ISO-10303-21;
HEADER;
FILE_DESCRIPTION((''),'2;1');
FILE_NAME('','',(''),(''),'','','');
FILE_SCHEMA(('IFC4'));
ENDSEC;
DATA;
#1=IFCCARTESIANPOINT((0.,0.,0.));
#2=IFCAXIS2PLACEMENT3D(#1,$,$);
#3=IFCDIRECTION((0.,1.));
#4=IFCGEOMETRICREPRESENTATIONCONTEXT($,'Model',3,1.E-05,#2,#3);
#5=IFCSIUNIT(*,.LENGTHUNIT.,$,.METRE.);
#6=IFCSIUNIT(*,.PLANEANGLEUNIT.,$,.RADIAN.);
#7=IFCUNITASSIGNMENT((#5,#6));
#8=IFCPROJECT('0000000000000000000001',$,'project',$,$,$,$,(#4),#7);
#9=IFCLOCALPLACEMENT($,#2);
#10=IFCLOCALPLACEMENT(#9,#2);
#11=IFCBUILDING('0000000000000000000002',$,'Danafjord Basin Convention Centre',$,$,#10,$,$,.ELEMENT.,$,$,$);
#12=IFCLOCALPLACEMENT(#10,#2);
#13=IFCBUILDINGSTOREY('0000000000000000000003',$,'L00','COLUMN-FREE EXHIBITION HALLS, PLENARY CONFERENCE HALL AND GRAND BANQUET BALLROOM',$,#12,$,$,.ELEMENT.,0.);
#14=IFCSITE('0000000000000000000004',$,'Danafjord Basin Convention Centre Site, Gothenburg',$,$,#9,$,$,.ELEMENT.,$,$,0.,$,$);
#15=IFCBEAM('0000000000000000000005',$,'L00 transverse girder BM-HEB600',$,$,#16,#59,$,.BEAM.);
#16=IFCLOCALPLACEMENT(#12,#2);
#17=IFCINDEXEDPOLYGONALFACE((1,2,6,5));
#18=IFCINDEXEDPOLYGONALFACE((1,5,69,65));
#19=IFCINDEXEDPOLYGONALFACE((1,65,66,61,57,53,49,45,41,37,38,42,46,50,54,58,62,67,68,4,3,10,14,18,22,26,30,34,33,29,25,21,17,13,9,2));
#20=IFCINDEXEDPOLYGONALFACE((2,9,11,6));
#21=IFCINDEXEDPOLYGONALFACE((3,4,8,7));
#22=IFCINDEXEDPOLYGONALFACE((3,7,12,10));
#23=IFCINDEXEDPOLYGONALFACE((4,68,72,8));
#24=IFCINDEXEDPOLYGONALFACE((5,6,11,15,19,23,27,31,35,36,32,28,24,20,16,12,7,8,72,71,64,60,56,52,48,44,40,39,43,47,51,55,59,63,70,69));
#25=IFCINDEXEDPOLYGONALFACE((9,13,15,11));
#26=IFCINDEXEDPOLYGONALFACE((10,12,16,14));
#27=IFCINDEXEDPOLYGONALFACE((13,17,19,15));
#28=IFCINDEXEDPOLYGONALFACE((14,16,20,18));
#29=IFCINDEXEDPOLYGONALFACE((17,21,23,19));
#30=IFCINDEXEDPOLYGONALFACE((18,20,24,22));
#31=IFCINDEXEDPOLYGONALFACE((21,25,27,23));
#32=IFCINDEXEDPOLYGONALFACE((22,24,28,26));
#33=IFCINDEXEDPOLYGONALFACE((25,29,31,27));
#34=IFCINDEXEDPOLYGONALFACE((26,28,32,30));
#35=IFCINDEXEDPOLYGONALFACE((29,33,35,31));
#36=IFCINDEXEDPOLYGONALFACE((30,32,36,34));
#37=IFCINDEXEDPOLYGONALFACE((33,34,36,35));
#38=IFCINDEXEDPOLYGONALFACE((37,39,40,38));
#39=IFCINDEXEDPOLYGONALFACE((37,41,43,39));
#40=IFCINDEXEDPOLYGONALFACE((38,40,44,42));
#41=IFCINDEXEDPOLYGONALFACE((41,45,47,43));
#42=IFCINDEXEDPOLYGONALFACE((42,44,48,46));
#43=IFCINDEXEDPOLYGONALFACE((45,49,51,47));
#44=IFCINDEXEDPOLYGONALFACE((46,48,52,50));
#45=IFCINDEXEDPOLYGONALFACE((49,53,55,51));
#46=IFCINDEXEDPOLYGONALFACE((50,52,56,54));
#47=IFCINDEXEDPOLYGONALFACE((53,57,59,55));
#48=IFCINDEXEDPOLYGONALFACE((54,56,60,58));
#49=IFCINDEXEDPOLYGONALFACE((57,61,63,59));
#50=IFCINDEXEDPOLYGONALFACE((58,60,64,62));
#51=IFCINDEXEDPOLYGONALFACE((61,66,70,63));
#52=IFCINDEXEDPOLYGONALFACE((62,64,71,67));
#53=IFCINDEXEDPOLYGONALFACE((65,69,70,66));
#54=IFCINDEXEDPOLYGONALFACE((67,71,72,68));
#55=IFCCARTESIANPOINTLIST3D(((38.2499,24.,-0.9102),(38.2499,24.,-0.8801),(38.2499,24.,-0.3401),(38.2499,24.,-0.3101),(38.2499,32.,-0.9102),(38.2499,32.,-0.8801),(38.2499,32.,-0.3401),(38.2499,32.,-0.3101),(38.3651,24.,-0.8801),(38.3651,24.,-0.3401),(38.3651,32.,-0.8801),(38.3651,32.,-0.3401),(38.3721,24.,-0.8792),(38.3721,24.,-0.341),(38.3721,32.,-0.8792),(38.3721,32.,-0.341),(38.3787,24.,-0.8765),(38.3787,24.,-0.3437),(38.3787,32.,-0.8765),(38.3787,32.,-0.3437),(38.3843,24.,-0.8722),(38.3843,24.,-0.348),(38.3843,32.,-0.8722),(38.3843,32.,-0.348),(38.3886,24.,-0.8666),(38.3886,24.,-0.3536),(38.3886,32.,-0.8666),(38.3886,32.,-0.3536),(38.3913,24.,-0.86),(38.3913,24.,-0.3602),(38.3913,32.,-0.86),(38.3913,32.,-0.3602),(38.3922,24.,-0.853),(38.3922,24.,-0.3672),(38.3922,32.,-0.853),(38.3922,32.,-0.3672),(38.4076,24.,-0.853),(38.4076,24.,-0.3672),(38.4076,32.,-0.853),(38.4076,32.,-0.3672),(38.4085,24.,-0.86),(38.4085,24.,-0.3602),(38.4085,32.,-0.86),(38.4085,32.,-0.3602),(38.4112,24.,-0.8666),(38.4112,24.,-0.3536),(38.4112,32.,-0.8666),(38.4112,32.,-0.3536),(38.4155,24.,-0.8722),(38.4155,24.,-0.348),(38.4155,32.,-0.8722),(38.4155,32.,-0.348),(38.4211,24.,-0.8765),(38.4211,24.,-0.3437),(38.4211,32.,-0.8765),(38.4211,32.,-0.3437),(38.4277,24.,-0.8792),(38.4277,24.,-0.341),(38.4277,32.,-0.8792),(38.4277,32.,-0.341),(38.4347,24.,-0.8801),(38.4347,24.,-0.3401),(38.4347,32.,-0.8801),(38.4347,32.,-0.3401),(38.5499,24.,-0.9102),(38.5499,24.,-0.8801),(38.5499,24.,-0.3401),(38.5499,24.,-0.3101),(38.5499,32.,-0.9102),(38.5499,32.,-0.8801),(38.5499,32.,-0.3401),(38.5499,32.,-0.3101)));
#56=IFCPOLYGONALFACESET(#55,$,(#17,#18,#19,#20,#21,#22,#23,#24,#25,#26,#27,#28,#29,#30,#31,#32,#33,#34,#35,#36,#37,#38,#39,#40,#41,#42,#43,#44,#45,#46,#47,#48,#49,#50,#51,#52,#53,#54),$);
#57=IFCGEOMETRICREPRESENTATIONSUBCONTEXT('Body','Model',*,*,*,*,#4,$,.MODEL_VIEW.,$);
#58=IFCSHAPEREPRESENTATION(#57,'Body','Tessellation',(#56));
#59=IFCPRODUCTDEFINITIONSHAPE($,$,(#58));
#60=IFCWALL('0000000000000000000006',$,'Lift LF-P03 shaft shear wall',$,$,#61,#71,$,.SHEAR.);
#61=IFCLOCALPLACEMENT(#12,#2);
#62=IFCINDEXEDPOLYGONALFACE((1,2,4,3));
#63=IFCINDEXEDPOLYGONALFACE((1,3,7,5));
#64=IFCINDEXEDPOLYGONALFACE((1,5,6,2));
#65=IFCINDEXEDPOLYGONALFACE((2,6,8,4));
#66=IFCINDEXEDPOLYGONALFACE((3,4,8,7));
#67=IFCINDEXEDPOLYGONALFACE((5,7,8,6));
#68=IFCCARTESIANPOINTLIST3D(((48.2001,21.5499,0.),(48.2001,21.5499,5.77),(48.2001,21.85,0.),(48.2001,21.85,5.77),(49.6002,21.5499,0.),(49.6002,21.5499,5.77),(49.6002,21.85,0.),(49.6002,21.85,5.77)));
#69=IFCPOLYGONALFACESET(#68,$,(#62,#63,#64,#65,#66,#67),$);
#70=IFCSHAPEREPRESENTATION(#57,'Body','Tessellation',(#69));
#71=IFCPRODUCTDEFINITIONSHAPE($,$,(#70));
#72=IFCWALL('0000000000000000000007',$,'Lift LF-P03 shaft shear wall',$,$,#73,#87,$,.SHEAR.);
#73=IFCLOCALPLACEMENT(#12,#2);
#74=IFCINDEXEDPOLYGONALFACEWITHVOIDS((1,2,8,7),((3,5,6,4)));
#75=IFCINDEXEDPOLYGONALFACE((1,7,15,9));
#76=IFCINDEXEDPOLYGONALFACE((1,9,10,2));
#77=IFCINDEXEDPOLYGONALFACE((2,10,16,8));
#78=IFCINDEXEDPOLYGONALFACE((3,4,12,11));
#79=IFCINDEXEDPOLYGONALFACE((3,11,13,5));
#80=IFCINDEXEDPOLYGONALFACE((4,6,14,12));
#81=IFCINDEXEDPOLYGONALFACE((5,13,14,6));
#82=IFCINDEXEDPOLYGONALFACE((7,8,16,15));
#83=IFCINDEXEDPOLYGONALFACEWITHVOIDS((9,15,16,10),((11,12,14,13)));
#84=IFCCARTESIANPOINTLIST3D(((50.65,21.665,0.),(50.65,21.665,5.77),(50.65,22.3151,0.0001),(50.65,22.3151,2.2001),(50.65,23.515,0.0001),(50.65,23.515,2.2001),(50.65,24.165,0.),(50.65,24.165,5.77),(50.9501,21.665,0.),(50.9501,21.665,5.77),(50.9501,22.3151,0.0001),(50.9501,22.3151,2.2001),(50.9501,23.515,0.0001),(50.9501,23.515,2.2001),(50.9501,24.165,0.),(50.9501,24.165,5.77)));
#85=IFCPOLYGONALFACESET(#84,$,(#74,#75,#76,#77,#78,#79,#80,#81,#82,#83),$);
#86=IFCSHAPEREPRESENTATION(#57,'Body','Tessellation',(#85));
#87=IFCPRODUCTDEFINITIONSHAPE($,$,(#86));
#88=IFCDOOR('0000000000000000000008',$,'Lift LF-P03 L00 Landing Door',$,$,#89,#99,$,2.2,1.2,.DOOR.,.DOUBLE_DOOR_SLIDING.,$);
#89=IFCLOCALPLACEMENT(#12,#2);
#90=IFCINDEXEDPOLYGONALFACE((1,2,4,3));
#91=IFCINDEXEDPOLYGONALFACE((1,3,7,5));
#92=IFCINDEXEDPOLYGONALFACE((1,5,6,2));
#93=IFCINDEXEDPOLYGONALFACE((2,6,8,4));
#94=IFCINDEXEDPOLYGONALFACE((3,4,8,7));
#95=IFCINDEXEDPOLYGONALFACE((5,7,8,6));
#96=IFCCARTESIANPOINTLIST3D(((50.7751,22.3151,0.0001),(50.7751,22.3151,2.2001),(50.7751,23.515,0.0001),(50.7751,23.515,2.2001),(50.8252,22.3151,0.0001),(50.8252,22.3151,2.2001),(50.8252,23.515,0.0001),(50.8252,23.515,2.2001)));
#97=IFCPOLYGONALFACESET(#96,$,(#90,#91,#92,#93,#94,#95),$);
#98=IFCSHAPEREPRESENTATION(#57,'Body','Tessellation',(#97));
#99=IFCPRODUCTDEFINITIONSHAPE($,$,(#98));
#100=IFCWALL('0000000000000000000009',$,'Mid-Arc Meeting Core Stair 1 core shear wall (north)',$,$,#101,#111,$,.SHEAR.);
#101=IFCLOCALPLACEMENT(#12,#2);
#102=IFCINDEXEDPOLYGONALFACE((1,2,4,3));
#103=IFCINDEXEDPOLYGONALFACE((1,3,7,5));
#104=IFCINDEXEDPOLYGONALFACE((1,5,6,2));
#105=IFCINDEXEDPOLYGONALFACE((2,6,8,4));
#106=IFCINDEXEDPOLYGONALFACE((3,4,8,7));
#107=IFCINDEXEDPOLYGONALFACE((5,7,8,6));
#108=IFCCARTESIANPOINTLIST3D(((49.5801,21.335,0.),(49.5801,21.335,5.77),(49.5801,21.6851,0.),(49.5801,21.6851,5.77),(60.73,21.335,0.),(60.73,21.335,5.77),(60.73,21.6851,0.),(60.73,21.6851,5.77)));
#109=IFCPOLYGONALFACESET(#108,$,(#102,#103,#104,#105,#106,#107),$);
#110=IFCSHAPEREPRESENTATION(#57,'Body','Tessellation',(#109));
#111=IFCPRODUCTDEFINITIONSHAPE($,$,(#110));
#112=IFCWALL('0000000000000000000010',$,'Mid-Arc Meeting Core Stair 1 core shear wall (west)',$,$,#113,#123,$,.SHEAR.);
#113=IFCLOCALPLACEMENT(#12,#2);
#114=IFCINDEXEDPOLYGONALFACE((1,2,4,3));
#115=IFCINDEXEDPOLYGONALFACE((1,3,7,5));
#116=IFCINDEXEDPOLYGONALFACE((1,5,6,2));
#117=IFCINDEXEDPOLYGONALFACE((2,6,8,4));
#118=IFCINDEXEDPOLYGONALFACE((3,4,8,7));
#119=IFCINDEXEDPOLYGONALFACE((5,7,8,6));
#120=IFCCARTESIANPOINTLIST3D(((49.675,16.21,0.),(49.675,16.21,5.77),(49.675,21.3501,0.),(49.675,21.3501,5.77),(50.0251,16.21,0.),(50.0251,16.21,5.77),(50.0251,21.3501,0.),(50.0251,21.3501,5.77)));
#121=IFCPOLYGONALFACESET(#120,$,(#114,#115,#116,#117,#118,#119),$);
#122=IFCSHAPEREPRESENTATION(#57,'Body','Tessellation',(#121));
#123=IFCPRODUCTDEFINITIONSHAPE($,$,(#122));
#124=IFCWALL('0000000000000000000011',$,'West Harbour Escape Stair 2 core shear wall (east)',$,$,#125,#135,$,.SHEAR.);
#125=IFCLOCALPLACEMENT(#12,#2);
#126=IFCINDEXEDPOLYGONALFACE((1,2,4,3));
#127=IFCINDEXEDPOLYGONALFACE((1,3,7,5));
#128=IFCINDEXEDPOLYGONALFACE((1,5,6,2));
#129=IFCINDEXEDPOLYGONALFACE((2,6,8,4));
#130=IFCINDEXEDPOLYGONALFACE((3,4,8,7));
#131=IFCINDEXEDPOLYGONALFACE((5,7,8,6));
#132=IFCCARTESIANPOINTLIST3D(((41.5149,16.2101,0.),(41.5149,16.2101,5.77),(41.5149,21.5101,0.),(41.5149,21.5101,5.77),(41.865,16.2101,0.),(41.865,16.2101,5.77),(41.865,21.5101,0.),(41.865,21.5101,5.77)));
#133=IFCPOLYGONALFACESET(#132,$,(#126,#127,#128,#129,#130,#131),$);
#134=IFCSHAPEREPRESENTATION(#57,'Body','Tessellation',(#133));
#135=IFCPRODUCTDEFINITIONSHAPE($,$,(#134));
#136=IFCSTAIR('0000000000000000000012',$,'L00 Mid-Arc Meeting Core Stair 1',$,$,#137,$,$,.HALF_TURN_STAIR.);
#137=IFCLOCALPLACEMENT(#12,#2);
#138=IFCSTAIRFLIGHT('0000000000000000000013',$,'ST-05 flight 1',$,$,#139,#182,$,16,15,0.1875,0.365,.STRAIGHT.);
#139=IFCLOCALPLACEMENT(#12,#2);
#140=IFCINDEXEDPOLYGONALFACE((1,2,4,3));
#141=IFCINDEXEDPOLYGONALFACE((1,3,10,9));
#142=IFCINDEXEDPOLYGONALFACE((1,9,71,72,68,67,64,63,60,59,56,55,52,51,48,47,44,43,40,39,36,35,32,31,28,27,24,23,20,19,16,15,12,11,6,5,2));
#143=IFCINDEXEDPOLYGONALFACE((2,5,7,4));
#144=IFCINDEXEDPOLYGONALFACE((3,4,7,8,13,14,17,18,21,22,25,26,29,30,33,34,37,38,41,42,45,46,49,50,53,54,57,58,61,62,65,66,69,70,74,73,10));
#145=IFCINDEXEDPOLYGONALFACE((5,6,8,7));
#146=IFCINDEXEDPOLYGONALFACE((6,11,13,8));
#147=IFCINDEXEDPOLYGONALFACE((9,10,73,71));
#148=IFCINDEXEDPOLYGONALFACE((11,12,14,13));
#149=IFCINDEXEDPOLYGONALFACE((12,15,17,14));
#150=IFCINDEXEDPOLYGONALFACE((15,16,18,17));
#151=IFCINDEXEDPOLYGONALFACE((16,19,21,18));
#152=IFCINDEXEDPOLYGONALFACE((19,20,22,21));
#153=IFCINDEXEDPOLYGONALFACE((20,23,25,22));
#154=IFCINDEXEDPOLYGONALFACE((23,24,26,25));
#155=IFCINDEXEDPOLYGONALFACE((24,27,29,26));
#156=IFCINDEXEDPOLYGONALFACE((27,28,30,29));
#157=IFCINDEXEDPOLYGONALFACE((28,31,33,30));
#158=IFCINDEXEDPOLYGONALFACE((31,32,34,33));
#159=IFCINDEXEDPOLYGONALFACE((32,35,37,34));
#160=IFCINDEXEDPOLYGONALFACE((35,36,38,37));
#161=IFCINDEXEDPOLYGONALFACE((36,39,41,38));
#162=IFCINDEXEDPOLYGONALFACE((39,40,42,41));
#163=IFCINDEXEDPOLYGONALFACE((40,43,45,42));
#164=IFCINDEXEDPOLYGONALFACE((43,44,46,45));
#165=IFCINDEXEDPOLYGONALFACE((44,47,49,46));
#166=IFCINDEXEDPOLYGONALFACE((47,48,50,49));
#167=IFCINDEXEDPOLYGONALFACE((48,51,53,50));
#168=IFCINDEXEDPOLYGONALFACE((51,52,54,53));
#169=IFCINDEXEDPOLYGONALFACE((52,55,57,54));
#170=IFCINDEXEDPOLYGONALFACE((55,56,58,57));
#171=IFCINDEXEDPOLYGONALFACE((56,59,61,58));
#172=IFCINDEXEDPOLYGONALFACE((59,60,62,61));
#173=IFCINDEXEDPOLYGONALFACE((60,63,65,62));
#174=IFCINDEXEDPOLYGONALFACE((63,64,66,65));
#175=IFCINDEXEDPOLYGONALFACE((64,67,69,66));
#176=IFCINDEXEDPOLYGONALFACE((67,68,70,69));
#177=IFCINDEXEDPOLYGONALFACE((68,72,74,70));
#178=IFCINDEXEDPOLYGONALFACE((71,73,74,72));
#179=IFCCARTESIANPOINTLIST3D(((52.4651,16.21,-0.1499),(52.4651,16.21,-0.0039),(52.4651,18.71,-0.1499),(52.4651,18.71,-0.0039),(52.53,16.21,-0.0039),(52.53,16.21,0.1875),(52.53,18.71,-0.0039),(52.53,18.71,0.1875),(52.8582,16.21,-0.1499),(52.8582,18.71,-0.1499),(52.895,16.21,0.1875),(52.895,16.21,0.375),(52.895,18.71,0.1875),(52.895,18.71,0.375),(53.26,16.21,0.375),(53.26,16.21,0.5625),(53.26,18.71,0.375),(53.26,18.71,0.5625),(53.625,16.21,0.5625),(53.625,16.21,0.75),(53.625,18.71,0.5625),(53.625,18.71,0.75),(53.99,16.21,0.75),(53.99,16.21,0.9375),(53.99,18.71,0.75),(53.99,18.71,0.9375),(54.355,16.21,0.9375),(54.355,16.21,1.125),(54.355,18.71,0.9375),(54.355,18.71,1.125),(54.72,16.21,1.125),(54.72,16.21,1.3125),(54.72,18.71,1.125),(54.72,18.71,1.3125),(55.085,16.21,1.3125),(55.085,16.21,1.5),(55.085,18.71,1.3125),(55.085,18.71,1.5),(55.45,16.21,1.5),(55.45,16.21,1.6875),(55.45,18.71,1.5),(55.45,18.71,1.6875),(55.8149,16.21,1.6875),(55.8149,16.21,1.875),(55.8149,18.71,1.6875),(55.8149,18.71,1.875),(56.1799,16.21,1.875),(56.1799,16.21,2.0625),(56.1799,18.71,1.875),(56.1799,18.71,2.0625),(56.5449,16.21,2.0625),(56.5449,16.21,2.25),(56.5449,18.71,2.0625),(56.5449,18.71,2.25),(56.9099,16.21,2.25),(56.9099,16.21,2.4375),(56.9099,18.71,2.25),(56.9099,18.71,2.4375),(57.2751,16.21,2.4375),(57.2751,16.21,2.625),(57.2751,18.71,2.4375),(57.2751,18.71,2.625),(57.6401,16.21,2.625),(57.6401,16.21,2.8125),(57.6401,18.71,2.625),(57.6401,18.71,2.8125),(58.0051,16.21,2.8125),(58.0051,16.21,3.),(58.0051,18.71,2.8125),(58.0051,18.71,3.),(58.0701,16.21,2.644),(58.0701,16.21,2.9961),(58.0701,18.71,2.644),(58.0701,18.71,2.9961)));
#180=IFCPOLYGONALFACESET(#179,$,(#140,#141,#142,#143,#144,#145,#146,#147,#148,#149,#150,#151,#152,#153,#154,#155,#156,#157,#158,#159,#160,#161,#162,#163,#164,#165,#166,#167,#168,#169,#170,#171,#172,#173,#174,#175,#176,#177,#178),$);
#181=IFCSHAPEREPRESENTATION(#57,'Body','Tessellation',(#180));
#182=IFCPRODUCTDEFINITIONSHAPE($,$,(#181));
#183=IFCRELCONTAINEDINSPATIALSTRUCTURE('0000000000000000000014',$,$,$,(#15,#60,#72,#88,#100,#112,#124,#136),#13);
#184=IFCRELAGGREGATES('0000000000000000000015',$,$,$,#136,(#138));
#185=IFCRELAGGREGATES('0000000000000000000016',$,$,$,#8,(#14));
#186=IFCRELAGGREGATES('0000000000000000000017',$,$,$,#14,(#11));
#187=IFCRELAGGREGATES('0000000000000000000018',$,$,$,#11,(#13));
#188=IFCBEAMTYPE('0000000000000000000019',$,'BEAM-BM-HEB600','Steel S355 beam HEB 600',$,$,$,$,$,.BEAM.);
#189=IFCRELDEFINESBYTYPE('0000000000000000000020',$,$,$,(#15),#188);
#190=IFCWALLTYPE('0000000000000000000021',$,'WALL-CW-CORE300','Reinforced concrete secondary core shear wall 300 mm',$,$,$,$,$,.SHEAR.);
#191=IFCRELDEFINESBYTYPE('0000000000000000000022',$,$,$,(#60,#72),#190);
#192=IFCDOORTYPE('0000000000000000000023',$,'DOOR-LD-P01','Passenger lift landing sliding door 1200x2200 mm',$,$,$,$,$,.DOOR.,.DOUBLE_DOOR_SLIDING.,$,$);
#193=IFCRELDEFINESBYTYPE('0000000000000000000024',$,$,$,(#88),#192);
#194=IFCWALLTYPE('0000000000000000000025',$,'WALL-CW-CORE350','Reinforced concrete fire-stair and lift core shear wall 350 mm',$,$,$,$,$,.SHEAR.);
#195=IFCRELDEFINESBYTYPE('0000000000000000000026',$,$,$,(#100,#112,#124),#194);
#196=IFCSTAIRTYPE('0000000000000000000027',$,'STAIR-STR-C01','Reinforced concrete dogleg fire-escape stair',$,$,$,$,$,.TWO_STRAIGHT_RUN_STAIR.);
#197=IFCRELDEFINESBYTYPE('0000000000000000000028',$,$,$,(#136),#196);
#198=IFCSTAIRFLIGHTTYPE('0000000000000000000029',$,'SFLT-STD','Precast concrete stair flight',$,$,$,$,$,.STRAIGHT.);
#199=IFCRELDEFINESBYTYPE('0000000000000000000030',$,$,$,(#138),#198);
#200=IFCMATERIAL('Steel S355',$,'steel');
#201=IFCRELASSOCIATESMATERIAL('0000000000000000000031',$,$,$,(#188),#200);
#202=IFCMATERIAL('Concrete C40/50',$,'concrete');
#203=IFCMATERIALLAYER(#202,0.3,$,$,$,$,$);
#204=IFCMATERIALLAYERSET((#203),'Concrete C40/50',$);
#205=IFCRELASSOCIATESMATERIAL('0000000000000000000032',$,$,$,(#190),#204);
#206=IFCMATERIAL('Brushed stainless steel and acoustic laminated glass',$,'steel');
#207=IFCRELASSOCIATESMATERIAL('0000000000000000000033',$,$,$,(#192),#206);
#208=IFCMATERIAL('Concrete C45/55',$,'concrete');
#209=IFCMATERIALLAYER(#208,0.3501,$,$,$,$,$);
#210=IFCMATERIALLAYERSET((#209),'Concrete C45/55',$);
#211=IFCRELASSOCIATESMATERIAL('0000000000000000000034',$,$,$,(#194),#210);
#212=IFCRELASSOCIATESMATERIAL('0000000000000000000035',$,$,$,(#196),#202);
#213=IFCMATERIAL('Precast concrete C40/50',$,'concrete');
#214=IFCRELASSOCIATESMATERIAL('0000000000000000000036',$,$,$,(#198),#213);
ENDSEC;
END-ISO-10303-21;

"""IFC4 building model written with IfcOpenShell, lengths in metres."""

from ifc_helpers import new_model, si_unit, direction, frame, frame_2d, origin, origin_2d, place, context, subcontext, project, spatial, polyline, rectangle, i_section, outline, extrude, material, layer, layer_set, material_profile, profile_set, type_object, element, fill, aggregate, save


model = new_model("IFC4")

# Units and contexts
model_context = context("Model", 3, precision=1e-05, world=origin(), true_north=direction((0.0, 1.0)))
body_context = subcontext(model_context, "Body", "Model", "MODEL_VIEW")
ifc_project = project(units=[si_unit("LENGTHUNIT", "METRE"), si_unit("PLANEANGLEUNIT", "RADIAN")], contexts=[model_context])

# Site, building, storey
site_placement = place(None, origin())
site = spatial("IfcSite", under=ifc_project, at=site_placement, Name="Danafjord Basin Convention Centre Site, Gothenburg", CompositionType="ELEMENT", RefElevation=0.0)
building_placement = place(site_placement, origin())
building = spatial("IfcBuilding", under=site, at=building_placement, Name="Danafjord Basin Convention Centre", CompositionType="ELEMENT")
storey_placement = place(building_placement, origin())
storey = spatial("IfcBuildingStorey", under=building, at=storey_placement, Name="L00", Description="COLUMN-FREE EXHIBITION HALLS, PLENARY CONFERENCE HALL AND GRAND BANQUET BALLROOM", CompositionType="ELEMENT", Elevation=0.0)

# Shared definitions
ifc_material_1 = material(Name="Steel S355", Category="steel")

# Beam
ifc_material_profile_1 = material_profile(ifc_material_1, i_section(OverallWidth=0.3, OverallDepth=0.6001, WebThickness=0.0154, FlangeThickness=0.03, FilletRadius=0.0271, at=origin_2d()), Name="HEB 600")
ifc_profile_set_1 = profile_set([ifc_material_profile_1], Name="Steel S355")
beam_type_1 = type_object("IfcBeamType", Name="BEAM-BM-HEB600", Description="Steel S355 beam HEB 600", PredefinedType="BEAM", material=ifc_profile_set_1)
beam_1_placement = place(storey_placement, frame((38.3999, 24.0, -0.6101), z_axis=(0.0, 1.0, 0.0), x_axis=(-1.0, 0.0, 0.0)))
element("IfcBeam", 1, at=beam_1_placement, inside=storey, type_object=beam_type_1, Name="L00 transverse girder BM-HEB600", PredefinedType="BEAM", context=body_context, shape_type="SweptSolid", body=[
    extrude(i_section(OverallWidth=0.3, OverallDepth=0.6001, WebThickness=0.0154, FlangeThickness=0.03, FilletRadius=0.0271, at=origin_2d()), origin(), (0.0, 0.0, 1.0), 8.0),
])

# Wall
ifc_material_2 = material(Name="Concrete C40/50", Category="concrete")
ifc_layer_1 = layer(ifc_material_2, 0.3)
ifc_layer_set_1 = layer_set([ifc_layer_1], Name="Concrete C40/50")
wall_type_1 = type_object("IfcWallType", Name="WALL-CW-CORE300", Description="Reinforced concrete secondary core shear wall 300 mm", PredefinedType="SHEAR", material=ifc_layer_set_1)
wall_1_placement = place(storey_placement, frame((48.2, 21.7, 0.0), z_axis=(0.0, 0.0, 1.0), x_axis=(1.0, 0.0, 0.0)))
element("IfcWall", 2, at=wall_1_placement, inside=storey, type_object=wall_type_1, Name="Lift LF-P03 shaft shear wall", PredefinedType="SHEAR", context=body_context, shape_type="SweptSolid", body=[
    extrude(rectangle(XDim=1.4001, YDim=0.3, at=frame_2d((0.7002, 0.0))), origin(), (0.0, 0.0, 1.0), 5.77),
])

# Wall, opening, door
wall_2_placement = place(storey_placement, frame((50.8, 21.665, 0.0), z_axis=(0.0, 0.0, 1.0), x_axis=(0.0, 1.0, 0.0)))
wall_2 = element("IfcWall", 3, at=wall_2_placement, inside=storey, type_object=wall_type_1, Name="Lift LF-P03 shaft shear wall", PredefinedType="SHEAR", context=body_context, shape_type="SweptSolid", body=[
    extrude(rectangle(XDim=2.5, YDim=0.3, at=frame_2d((1.25, 0.0))), origin(), (0.0, 0.0, 1.0), 5.77),
])
opening_placement = place(wall_2_placement, frame((0.6499, 0.0, 0.0)))
opening = element("IfcOpeningElement", 4, at=opening_placement, cuts=wall_2, PredefinedType="OPENING", context=body_context, shape_type="SweptSolid", body=[
    extrude(rectangle(XDim=1.2, YDim=2.2, at=frame_2d((0.6001, 1.1001))), frame((0.0, 0.1599, 0.0), z_axis=(0.0, -1.0, 0.0), x_axis=(1.0, 0.0, 0.0)), (0.0, 0.0, 1.0), 0.3201),
])
ifc_material_3 = material(Name="Brushed stainless steel and acoustic laminated glass", Category="steel")
door_type = type_object("IfcDoorType", Name="DOOR-LD-P01", Description="Passenger lift landing sliding door 1200x2200 mm", OperationType="DOUBLE_DOOR_SLIDING", PredefinedType="DOOR", material=ifc_material_3)
door_placement = place(opening_placement, origin())
door = element("IfcDoor", 5, at=door_placement, inside=storey, type_object=door_type, Name="Lift LF-P03 L00 Landing Door", OperationType="DOUBLE_DOOR_SLIDING", OverallHeight=2.2, OverallWidth=1.2, PredefinedType="DOOR", context=body_context, shape_type="SweptSolid", body=[
    extrude(rectangle(XDim=1.2, YDim=2.2, at=frame_2d((0.6001, 1.1001))), frame((0.0, 0.0249, 0.0), z_axis=(0.0, -1.0, 0.0), x_axis=(1.0, 0.0, 0.0)), (0.0, 0.0, 1.0), 0.05),
])
fill(opening, door)

# Walls
ifc_material_4 = material(Name="Concrete C45/55", Category="concrete")
ifc_layer_2 = layer(ifc_material_4, 0.3501)
ifc_layer_set_2 = layer_set([ifc_layer_2], Name="Concrete C45/55")
wall_type_2 = type_object("IfcWallType", Name="WALL-CW-CORE350", Description="Reinforced concrete fire-stair and lift core shear wall 350 mm", PredefinedType="SHEAR", material=ifc_layer_set_2)
wall_3_placement = place(storey_placement, frame((49.5801, 21.51, 0.0), z_axis=(0.0, 0.0, 1.0), x_axis=(1.0, 0.0, 0.0)))
element("IfcWall", 6, at=wall_3_placement, inside=storey, type_object=wall_type_2, Name="Mid-Arc Meeting Core Stair 1 core shear wall (north)", PredefinedType="SHEAR", context=body_context, shape_type="SweptSolid", body=[
    extrude(rectangle(XDim=11.1499, YDim=0.3501, at=frame_2d((5.575, 0.0))), origin(), (0.0, 0.0, 1.0), 5.77),
])
wall_4_placement = place(storey_placement, frame((49.8501, 16.21, 0.0), z_axis=(0.0, 0.0, 1.0), x_axis=(0.0, 1.0, 0.0)))
element("IfcWall", 7, at=wall_4_placement, inside=storey, type_object=wall_type_2, Name="Mid-Arc Meeting Core Stair 1 core shear wall (west)", PredefinedType="SHEAR", context=body_context, shape_type="SweptSolid", body=[
    extrude(rectangle(XDim=5.1401, YDim=0.3501, at=frame_2d((2.5701, 0.0))), origin(), (0.0, 0.0, 1.0), 5.77),
])
wall_5_placement = place(storey_placement, frame((41.6899, 21.51, 0.0), z_axis=(0.0, 0.0, 1.0), x_axis=(0.0, -1.0, 0.0)))
element("IfcWall", 8, at=wall_5_placement, inside=storey, type_object=wall_type_2, Name="West Harbour Escape Stair 2 core shear wall (east)", PredefinedType="SHEAR", context=body_context, shape_type="SweptSolid", body=[
    extrude(rectangle(XDim=5.3, YDim=0.3501, at=frame_2d((2.6499, 0.0))), origin(), (0.0, 0.0, 1.0), 5.77),
])

# Stair, stair flight
stair_type = type_object("IfcStairType", Name="STAIR-STR-C01", Description="Reinforced concrete dogleg fire-escape stair", PredefinedType="TWO_STRAIGHT_RUN_STAIR", material=ifc_material_2)
stair_1_placement = place(storey_placement, origin())
stair_1 = element("IfcStair", 9, at=stair_1_placement, inside=storey, type_object=stair_type, Name="L00 Mid-Arc Meeting Core Stair 1", PredefinedType="HALF_TURN_STAIR")
ifc_material_5 = material(Name="Precast concrete C40/50", Category="concrete")
stair_flight_type = type_object("IfcStairFlightType", Name="SFLT-STD", Description="Precast concrete stair flight", PredefinedType="STRAIGHT", material=ifc_material_5)
stair_flight_1_placement = place(storey_placement, frame((52.53, 17.46, 0.0), z_axis=(0.0, 0.0, 1.0), x_axis=(1.0, 0.0, 0.0)))
stair_flight_1 = element("IfcStairFlight", 10, at=stair_flight_1_placement, type_object=stair_flight_type, Name="ST-05 flight 1", NumberOfRisers=16, NumberOfTreads=15, PredefinedType="STRAIGHT", RiserHeight=0.1875, TreadLength=0.365, context=body_context, shape_type="SweptSolid", body=[
    extrude(outline(polyline([(-0.0649, -0.1499), (-0.0649, -0.0039), (0.0, -0.0039), (0.0, 0.1875), (0.365, 0.1875), (0.365, 0.375), (0.73, 0.375), (0.73, 0.5625), (1.095, 0.5625), (1.095, 0.75), (1.46, 0.75), (1.46, 0.9375), (1.825, 0.9375), (1.825, 1.125), (2.1899, 1.125), (2.1899, 1.3125), (2.5549, 1.3125), (2.5549, 1.5), (2.9199, 1.5), (2.9199, 1.6875), (3.2849, 1.6875), (3.2849, 1.875), (3.6499, 1.875), (3.6499, 2.0625), (4.0149, 2.0625), (4.0149, 2.25), (4.3799, 2.25), (4.3799, 2.4375), (4.7451, 2.4375), (4.7451, 2.625), (5.1101, 2.625), (5.1101, 2.8125), (5.4751, 2.8125), (5.4751, 3.0), (5.54, 2.9961), (5.54, 2.644), (0.3281, -0.1499), (-0.0649, -0.1499)])), frame((0.0, 1.25, 0.0), z_axis=(0.0, -1.0, 0.0), x_axis=(1.0, 0.0, 0.0)), (0.0, 0.0, 1.0), 2.5),
])
aggregate(stair_1, [stair_flight_1])

save(model, "model.ifc")
